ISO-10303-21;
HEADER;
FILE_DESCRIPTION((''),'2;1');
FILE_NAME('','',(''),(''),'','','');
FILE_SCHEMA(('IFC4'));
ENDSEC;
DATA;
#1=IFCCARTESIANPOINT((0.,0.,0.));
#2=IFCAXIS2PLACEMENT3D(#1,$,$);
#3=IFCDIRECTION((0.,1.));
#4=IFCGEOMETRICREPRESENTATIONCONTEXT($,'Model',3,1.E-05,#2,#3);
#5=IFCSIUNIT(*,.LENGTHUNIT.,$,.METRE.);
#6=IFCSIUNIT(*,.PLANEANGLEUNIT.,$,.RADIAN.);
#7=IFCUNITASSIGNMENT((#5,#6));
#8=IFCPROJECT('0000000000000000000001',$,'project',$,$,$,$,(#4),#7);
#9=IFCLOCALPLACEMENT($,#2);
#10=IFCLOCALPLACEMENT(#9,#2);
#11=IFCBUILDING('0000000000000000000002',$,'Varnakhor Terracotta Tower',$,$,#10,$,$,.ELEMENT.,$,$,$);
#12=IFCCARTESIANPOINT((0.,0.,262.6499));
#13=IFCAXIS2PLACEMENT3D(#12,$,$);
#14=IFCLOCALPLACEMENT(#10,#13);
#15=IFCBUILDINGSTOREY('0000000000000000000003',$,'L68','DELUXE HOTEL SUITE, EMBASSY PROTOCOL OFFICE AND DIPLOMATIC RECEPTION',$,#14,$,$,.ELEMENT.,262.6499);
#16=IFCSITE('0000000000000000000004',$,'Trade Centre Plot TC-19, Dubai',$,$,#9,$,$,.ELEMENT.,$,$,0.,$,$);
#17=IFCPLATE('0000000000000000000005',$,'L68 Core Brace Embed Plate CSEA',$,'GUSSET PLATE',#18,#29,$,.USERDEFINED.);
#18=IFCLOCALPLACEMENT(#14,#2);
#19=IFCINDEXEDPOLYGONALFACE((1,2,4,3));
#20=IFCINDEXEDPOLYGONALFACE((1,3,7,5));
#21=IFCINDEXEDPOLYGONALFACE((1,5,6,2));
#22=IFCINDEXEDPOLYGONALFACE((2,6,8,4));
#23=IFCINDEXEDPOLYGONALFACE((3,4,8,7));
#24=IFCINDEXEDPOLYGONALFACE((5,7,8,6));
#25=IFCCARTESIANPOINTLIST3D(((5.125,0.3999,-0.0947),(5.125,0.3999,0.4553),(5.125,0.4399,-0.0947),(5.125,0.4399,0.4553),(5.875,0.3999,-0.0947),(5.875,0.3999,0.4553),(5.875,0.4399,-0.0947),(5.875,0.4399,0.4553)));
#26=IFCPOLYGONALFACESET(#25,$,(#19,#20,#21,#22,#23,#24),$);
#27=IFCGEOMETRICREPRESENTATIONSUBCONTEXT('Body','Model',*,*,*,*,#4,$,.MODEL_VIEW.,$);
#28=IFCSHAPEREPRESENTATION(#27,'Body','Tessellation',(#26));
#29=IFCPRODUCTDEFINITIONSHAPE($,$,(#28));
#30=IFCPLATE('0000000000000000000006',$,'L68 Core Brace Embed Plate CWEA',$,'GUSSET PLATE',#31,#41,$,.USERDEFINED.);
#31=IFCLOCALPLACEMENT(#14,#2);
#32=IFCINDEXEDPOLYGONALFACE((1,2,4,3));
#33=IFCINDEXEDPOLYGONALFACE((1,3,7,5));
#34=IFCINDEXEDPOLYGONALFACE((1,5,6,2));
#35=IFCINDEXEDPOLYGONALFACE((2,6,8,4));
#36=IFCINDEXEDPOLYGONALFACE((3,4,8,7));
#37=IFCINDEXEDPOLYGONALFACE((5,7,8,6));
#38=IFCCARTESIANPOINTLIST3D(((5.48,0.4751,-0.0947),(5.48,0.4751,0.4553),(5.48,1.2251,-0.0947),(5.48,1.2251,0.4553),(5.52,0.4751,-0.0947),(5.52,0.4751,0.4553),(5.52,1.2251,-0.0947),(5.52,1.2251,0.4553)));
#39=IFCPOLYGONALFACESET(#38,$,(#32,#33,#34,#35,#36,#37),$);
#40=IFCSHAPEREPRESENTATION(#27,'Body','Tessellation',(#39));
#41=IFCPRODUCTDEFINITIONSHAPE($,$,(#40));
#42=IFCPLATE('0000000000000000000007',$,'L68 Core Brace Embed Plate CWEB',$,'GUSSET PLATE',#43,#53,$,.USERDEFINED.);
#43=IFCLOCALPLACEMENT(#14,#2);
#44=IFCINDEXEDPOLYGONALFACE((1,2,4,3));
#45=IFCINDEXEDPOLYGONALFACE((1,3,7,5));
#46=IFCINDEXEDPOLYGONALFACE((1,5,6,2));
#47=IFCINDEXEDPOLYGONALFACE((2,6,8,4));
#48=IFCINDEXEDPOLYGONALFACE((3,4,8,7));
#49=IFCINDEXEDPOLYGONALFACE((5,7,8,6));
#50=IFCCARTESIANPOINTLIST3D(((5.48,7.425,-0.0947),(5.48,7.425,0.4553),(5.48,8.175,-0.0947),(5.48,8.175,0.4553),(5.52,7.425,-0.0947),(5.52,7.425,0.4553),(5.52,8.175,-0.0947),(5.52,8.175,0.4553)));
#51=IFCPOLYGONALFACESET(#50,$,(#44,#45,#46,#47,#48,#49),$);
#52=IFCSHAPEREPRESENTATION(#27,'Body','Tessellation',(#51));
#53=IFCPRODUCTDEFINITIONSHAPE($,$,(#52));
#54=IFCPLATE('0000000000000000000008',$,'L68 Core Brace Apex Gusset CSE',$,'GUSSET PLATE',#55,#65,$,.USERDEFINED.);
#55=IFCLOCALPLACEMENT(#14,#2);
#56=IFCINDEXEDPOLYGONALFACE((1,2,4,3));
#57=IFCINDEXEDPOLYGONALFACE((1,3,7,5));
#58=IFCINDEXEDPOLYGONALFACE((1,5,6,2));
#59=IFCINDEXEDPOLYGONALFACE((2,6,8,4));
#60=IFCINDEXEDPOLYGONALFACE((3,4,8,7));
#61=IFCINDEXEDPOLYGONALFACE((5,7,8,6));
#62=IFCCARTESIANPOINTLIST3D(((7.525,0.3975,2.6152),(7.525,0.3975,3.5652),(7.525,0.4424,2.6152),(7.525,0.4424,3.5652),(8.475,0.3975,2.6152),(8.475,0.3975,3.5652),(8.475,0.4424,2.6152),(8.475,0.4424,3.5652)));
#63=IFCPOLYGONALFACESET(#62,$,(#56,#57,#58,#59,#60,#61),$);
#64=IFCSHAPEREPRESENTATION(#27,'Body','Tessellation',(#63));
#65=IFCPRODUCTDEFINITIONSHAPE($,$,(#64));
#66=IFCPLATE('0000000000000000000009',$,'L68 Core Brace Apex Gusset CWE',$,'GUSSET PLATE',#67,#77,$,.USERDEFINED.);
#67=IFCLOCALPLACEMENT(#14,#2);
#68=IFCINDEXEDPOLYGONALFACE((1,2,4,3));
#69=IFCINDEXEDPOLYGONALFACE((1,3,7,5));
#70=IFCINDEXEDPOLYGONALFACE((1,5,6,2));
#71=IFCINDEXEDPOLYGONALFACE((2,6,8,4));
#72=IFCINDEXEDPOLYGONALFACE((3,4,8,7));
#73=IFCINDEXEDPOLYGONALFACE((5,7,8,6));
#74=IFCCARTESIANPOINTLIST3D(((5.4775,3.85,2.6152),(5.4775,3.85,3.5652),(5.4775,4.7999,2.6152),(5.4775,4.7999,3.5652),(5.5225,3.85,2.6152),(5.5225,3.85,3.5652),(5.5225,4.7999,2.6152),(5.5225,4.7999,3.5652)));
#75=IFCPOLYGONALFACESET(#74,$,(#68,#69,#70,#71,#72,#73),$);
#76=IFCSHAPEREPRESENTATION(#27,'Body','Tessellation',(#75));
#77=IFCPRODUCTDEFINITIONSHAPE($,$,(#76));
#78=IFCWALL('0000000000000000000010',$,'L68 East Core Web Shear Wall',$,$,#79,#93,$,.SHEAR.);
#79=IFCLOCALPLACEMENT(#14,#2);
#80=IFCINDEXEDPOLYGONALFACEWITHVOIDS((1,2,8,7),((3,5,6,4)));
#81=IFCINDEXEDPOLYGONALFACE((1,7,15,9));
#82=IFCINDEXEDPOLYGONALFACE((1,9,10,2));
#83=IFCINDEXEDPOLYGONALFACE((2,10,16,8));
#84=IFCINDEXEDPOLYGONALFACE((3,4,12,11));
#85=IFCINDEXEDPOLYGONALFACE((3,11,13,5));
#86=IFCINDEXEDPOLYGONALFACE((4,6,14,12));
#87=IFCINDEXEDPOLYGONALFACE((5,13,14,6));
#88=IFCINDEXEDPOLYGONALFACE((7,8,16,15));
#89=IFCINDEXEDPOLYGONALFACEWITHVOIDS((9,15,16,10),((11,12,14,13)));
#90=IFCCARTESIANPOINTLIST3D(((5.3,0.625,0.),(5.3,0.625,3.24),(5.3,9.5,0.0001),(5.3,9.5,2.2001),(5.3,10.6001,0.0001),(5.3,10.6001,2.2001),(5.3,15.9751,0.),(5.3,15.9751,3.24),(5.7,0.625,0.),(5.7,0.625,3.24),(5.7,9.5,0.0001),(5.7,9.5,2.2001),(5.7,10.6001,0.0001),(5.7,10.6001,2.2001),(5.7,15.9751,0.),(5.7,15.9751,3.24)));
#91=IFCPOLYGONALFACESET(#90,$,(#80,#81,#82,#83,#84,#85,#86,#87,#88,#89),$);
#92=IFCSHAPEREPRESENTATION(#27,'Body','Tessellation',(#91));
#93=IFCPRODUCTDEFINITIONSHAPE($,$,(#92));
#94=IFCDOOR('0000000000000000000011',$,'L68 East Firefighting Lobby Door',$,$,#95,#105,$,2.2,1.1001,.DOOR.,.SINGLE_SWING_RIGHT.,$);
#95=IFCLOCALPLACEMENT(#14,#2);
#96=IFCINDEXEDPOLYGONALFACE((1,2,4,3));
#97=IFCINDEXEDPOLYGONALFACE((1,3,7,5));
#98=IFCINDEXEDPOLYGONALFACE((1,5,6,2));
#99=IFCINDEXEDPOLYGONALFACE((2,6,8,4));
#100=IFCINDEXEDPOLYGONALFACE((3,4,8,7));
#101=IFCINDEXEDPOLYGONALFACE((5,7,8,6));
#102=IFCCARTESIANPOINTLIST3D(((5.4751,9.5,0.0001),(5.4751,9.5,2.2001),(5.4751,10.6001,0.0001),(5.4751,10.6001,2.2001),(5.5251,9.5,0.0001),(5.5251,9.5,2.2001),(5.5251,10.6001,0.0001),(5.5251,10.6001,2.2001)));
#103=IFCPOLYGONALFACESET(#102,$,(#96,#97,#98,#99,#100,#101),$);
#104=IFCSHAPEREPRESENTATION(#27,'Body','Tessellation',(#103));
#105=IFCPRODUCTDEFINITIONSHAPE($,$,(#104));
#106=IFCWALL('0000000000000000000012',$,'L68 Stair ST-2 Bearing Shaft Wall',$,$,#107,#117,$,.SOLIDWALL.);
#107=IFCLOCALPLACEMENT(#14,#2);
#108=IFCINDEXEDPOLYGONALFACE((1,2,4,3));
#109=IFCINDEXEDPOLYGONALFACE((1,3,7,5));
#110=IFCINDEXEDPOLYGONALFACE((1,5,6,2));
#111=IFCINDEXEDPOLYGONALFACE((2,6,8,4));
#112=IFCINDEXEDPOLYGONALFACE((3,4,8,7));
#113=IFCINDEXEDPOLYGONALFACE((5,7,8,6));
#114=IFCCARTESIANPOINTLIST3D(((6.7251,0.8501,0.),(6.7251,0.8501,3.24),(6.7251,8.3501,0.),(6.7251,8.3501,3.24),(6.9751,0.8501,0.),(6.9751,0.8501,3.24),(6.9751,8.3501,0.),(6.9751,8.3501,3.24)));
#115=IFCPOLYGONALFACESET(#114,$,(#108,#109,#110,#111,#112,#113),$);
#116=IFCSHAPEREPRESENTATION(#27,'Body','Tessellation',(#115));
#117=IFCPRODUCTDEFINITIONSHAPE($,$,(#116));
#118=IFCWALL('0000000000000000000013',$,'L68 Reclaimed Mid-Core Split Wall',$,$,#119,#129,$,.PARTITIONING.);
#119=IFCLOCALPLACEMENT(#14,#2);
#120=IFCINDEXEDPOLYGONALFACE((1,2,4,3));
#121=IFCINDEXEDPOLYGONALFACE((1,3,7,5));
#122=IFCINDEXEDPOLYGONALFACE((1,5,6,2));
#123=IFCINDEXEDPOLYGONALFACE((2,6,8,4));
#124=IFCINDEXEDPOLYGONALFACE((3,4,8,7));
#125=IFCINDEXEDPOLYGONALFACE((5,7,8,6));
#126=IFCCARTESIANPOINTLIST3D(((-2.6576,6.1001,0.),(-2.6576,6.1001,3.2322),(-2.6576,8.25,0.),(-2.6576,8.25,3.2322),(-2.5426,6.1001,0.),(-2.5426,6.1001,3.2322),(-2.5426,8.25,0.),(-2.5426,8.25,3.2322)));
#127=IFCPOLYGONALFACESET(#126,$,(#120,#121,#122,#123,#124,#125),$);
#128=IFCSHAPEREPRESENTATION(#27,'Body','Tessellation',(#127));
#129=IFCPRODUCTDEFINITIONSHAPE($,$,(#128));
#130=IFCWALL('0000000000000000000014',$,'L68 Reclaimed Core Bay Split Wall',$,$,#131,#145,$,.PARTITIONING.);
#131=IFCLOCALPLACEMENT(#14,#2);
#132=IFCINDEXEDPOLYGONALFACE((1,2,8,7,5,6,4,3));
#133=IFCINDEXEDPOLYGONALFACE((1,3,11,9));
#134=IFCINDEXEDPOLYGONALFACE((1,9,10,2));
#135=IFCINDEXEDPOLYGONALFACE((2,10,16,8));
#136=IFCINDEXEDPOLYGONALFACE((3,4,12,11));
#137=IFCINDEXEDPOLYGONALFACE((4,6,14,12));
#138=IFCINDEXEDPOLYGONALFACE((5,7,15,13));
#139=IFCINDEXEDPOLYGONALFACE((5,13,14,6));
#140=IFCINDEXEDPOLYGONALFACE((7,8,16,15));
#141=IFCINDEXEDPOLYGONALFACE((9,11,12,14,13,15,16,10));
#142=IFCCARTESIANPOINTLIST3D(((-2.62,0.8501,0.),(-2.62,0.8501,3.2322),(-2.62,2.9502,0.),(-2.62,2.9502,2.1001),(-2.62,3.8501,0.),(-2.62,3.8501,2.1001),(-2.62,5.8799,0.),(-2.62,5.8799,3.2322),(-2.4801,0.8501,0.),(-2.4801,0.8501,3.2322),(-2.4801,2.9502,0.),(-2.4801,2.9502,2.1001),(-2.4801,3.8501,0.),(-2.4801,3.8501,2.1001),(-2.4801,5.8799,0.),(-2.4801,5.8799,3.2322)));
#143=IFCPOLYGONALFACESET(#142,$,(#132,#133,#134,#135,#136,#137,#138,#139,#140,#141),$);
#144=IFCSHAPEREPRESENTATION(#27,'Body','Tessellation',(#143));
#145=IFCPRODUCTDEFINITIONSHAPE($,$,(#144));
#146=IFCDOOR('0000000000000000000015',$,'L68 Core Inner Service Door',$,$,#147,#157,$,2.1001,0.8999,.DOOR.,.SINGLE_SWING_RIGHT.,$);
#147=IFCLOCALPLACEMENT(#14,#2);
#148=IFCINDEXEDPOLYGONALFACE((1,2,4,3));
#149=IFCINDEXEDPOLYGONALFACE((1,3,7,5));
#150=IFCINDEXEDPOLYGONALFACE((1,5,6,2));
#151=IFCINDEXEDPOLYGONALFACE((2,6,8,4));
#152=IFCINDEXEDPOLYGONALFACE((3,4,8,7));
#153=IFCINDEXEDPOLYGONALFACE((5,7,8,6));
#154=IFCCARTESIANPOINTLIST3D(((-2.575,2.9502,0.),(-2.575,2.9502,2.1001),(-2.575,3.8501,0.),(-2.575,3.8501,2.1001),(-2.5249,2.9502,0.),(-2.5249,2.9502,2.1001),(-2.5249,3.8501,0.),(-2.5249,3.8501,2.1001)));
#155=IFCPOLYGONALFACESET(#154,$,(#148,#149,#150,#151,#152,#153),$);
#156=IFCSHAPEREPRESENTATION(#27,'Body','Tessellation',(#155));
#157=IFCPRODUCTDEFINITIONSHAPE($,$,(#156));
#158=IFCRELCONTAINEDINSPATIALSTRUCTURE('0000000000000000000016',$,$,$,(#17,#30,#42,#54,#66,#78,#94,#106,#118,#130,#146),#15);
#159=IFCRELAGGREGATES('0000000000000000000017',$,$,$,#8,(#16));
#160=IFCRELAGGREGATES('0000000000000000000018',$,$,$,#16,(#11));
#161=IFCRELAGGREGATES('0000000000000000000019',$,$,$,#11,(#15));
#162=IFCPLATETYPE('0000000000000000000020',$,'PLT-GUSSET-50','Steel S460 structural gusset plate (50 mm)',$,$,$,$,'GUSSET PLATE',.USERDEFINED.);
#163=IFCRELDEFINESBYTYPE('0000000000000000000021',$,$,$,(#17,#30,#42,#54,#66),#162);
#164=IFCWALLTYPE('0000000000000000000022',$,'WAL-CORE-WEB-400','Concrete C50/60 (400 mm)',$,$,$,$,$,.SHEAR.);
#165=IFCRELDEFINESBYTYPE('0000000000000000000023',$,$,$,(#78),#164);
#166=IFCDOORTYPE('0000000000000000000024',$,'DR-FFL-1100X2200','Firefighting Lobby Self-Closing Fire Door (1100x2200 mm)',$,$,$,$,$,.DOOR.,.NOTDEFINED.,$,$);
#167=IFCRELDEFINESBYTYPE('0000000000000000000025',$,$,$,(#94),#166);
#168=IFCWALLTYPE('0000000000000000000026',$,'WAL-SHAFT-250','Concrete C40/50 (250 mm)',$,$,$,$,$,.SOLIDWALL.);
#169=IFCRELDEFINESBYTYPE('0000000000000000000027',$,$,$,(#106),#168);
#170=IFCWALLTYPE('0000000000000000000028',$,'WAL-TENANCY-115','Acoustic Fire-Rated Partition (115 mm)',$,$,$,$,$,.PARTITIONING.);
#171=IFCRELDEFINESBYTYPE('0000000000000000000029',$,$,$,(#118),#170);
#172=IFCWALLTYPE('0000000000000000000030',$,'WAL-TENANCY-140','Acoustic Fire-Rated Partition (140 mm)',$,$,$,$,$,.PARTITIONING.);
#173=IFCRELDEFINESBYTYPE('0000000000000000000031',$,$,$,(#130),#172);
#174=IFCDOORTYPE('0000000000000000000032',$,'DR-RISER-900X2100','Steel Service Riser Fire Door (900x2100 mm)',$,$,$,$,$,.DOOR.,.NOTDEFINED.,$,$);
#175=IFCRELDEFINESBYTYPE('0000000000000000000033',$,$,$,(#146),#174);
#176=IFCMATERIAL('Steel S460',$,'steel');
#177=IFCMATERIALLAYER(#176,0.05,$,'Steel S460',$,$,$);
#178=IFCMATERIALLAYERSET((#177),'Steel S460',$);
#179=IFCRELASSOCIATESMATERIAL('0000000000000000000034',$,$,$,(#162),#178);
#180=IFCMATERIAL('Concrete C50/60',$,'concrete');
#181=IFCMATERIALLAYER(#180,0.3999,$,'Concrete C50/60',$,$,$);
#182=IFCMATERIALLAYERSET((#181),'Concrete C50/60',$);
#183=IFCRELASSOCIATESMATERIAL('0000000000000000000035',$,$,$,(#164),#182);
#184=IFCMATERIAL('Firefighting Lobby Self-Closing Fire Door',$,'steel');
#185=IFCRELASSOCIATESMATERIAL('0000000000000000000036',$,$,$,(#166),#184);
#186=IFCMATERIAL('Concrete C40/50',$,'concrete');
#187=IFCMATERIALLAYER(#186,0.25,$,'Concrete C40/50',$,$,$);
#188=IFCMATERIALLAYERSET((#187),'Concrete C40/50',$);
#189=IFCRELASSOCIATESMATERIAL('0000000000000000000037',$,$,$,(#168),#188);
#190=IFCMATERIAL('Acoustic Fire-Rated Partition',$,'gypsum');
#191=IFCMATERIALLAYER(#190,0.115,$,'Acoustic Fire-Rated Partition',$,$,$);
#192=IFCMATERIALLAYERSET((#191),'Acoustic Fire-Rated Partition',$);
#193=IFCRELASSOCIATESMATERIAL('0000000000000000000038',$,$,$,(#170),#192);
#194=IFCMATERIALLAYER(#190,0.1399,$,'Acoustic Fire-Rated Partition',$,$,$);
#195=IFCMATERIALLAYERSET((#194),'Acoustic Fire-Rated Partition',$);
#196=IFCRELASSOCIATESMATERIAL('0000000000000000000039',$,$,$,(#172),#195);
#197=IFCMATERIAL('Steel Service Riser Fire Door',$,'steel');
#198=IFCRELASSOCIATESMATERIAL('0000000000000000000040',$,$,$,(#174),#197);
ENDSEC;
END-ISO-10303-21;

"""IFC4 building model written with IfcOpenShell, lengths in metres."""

from ifc_helpers import new_model, si_unit, direction, frame, frame_2d, origin, origin_2d, place, context, subcontext, project, spatial, rectangle, extrude, source, transform, mapped, material, layer, layer_set, type_object, type_shapes, element, fill, save


model = new_model("IFC4")

# Units and contexts
model_context = context("Model", 3, precision=1e-05, world=origin(), true_north=direction((0.0, 1.0)))
body_context = subcontext(model_context, "Body", "Model", "MODEL_VIEW")
ifc_project = project(units=[si_unit("LENGTHUNIT", "METRE"), si_unit("PLANEANGLEUNIT", "RADIAN")], contexts=[model_context])

# Site, building, storey
site_placement = place(None, origin())
site = spatial("IfcSite", under=ifc_project, at=site_placement, Name="Trade Centre Plot TC-19, Dubai", CompositionType="ELEMENT", RefElevation=0.0)
building_placement = place(site_placement, origin())
building = spatial("IfcBuilding", under=site, at=building_placement, Name="Varnakhor Terracotta Tower", CompositionType="ELEMENT")
storey_placement = place(building_placement, frame((0.0, 0.0, 262.6499)))
storey = spatial("IfcBuildingStorey", under=building, at=storey_placement, Name="L68", Description="DELUXE HOTEL SUITE, EMBASSY PROTOCOL OFFICE AND DIPLOMATIC RECEPTION", CompositionType="ELEMENT", Elevation=262.6499)

# Shared definitions
ifc_material_1 = material(Name="Concrete C50/60", Category="concrete")

# Shared definitions
ifc_material_2 = material(Name="Concrete C40/50", Category="concrete")

# Plates
ifc_material_3 = material(Name="Steel S460", Category="steel")
ifc_layer_1 = layer(ifc_material_3, 0.05, Name="Steel S460")
ifc_layer_set_1 = layer_set([ifc_layer_1], Name="Steel S460")
plate_type = type_object("IfcPlateType", Name="PLT-GUSSET-50", Description="Steel S460 structural gusset plate (50 mm)", ElementType="GUSSET PLATE", PredefinedType="USERDEFINED", material=ifc_layer_set_1)
shared_shape_1 = source(origin(), body_context, "Body", "SweptSolid", [
    extrude(rectangle(XDim=0.75, YDim=0.04, at=origin_2d()), origin(), (0.0, 0.0, 1.0), 0.55),
])
type_shapes(plate_type, [shared_shape_1])
for number, where, z_axis, x_axis, name in (
    (1, (5.5, 0.4199, -0.0947), (0.0, 0.0, 1.0), (1.0, 0.0, 0.0), "L68 Core Brace Embed Plate CSEA"),
    (2, (5.5, 0.8501, -0.0947), (0.0, 0.0, 1.0), (0.0, 1.0, 0.0), "L68 Core Brace Embed Plate CWEA"),
    (3, (5.5, 7.8, -0.0947), (0.0, 0.0, 1.0), (0.0, 1.0, 0.0), "L68 Core Brace Embed Plate CWEB"),
):
    element("IfcPlate", number, at=place(storey_placement, frame(where, z_axis=z_axis, x_axis=x_axis)), inside=storey, type_object=plate_type, Name=name, ObjectType="GUSSET PLATE", PredefinedType="USERDEFINED", context=body_context, shape_type="MappedRepresentation", body=[
        mapped(shared_shape_1, transform((0.0, 0.0, 0.0), scale=1.0)),
    ])
shared_shape_2 = source(origin(), body_context, "Body", "SweptSolid", [
    extrude(rectangle(XDim=0.95, YDim=0.0449, at=origin_2d()), origin(), (0.0, 0.0, 1.0), 0.95),
])
for number, where, z_axis, x_axis, name in (
    (4, (8.0, 0.4199, 2.6152), (0.0, 0.0, 1.0), (1.0, 0.0, 0.0), "L68 Core Brace Apex Gusset CSE"),
    (5, (5.5, 4.325, 2.6152), (0.0, 0.0, 1.0), (0.0, 1.0, 0.0), "L68 Core Brace Apex Gusset CWE"),
):
    element("IfcPlate", number, at=place(storey_placement, frame(where, z_axis=z_axis, x_axis=x_axis)), inside=storey, type_object=plate_type, Name=name, ObjectType="GUSSET PLATE", PredefinedType="USERDEFINED", context=body_context, shape_type="MappedRepresentation", body=[
        mapped(shared_shape_2, transform((0.0, 0.0, 0.0), scale=1.0)),
    ])

# Wall, opening, door
ifc_layer_2 = layer(ifc_material_1, 0.3999, Name="Concrete C50/60")
ifc_layer_set_2 = layer_set([ifc_layer_2], Name="Concrete C50/60")
wall_type_1 = type_object("IfcWallType", Name="WAL-CORE-WEB-400", Description="Concrete C50/60 (400 mm)", PredefinedType="SHEAR", material=ifc_layer_set_2)
wall_1_placement = place(storey_placement, frame((5.5, 0.625, 0.0), z_axis=(0.0, 0.0, 1.0), x_axis=(0.0, 1.0, 0.0)))
wall_1 = element("IfcWall", 6, at=wall_1_placement, inside=storey, type_object=wall_type_1, Name="L68 East Core Web Shear Wall", PredefinedType="SHEAR", context=body_context, shape_type="SweptSolid", body=[
    extrude(rectangle(XDim=15.3501, YDim=0.3999, at=frame_2d((7.675, 0.0))), origin(), (0.0, 0.0, 1.0), 3.24),
])
opening_1_placement = place(wall_1_placement, frame((8.875, 0.0, 0.0)))
opening_1 = element("IfcOpeningElement", 7, at=opening_1_placement, cuts=wall_1, PredefinedType="OPENING", context=body_context, shape_type="SweptSolid", body=[
    extrude(rectangle(XDim=1.1001, YDim=2.2, at=frame_2d((0.55, 1.1001))), frame((0.0, 0.21, 0.0), z_axis=(0.0, -1.0, 0.0), x_axis=(1.0, 0.0, 0.0)), (0.0, 0.0, 1.0), 0.4199),
])
ifc_material_4 = material(Name="Firefighting Lobby Self-Closing Fire Door", Category="steel")
door_type_1 = type_object("IfcDoorType", Name="DR-FFL-1100X2200", Description="Firefighting Lobby Self-Closing Fire Door (1100x2200 mm)", OperationType="NOTDEFINED", PredefinedType="DOOR", material=ifc_material_4)
shared_shape_3 = source(origin(), body_context, "Body", "SweptSolid", [
    extrude(rectangle(XDim=1.1001, YDim=2.2, at=frame_2d((0.55, 1.1001))), frame((0.0, 0.0249, 0.0), z_axis=(0.0, -1.0, 0.0), x_axis=(1.0, 0.0, 0.0)), (0.0, 0.0, 1.0), 0.05),
])
type_shapes(door_type_1, [shared_shape_3])
door_1_placement = place(opening_1_placement, origin())
door_1 = element("IfcDoor", 8, at=door_1_placement, inside=storey, type_object=door_type_1, Name="L68 East Firefighting Lobby Door", OperationType="SINGLE_SWING_RIGHT", OverallHeight=2.2, OverallWidth=1.1001, PredefinedType="DOOR", context=body_context, shape_type="MappedRepresentation", body=[
    mapped(shared_shape_3, transform((0.0, 0.0, 0.0), scale=1.0)),
])
fill(opening_1, door_1)

# Walls
ifc_layer_3 = layer(ifc_material_2, 0.25, Name="Concrete C40/50")
ifc_layer_set_3 = layer_set([ifc_layer_3], Name="Concrete C40/50")
wall_type_2 = type_object("IfcWallType", Name="WAL-SHAFT-250", Description="Concrete C40/50 (250 mm)", PredefinedType="SOLIDWALL", material=ifc_layer_set_3)
wall_2_placement = place(storey_placement, frame((6.8501, 0.8501, 0.0), z_axis=(0.0, 0.0, 1.0), x_axis=(0.0, 1.0, 0.0)))
element("IfcWall", 9, at=wall_2_placement, inside=storey, type_object=wall_type_2, Name="L68 Stair ST-2 Bearing Shaft Wall", PredefinedType="SOLIDWALL", context=body_context, shape_type="SweptSolid", body=[
    extrude(rectangle(XDim=7.5, YDim=0.25, at=frame_2d((3.75, 0.0))), origin(), (0.0, 0.0, 1.0), 3.24),
])
ifc_material_5 = material(Name="Acoustic Fire-Rated Partition", Category="gypsum")
ifc_layer_4 = layer(ifc_material_5, 0.115, Name="Acoustic Fire-Rated Partition")
ifc_layer_set_4 = layer_set([ifc_layer_4], Name="Acoustic Fire-Rated Partition")
wall_type_3 = type_object("IfcWallType", Name="WAL-TENANCY-115", Description="Acoustic Fire-Rated Partition (115 mm)", PredefinedType="PARTITIONING", material=ifc_layer_set_4)
wall_3_placement = place(storey_placement, frame((-2.6001, 6.1001, 0.0), z_axis=(0.0, 0.0, 1.0), x_axis=(0.0, 1.0, 0.0)))
element("IfcWall", 10, at=wall_3_placement, inside=storey, type_object=wall_type_3, Name="L68 Reclaimed Mid-Core Split Wall", PredefinedType="PARTITIONING", context=body_context, shape_type="SweptSolid", body=[
    extrude(rectangle(XDim=2.1499, YDim=0.115, at=frame_2d((1.075, 0.0))), origin(), (0.0, 0.0, 1.0), 3.2322),
])

# Wall, opening, door
ifc_layer_5 = layer(ifc_material_5, 0.1399, Name="Acoustic Fire-Rated Partition")
ifc_layer_set_5 = layer_set([ifc_layer_5], Name="Acoustic Fire-Rated Partition")
wall_type_4 = type_object("IfcWallType", Name="WAL-TENANCY-140", Description="Acoustic Fire-Rated Partition (140 mm)", PredefinedType="PARTITIONING", material=ifc_layer_set_5)
wall_4_placement = place(storey_placement, frame((-2.55, 0.8501, 0.0), z_axis=(0.0, 0.0, 1.0), x_axis=(0.0, 1.0, 0.0)))
wall_4 = element("IfcWall", 11, at=wall_4_placement, inside=storey, type_object=wall_type_4, Name="L68 Reclaimed Core Bay Split Wall", PredefinedType="PARTITIONING", context=body_context, shape_type="SweptSolid", body=[
    extrude(rectangle(XDim=5.0298, YDim=0.1399, at=frame_2d((2.5149, 0.0))), origin(), (0.0, 0.0, 1.0), 3.2322),
])
opening_2_placement = place(wall_4_placement, frame((2.1001, 0.0, 0.0)))
opening_2 = element("IfcOpeningElement", 12, at=opening_2_placement, cuts=wall_4, PredefinedType="OPENING", context=body_context, shape_type="SweptSolid", body=[
    extrude(rectangle(XDim=0.8999, YDim=2.1001, at=frame_2d((0.45, 1.05))), frame((0.0, 0.0801, 0.0), z_axis=(0.0, -1.0, 0.0), x_axis=(1.0, 0.0, 0.0)), (0.0, 0.0, 1.0), 0.1599),
])
ifc_material_6 = material(Name="Steel Service Riser Fire Door", Category="steel")
door_type_2 = type_object("IfcDoorType", Name="DR-RISER-900X2100", Description="Steel Service Riser Fire Door (900x2100 mm)", OperationType="NOTDEFINED", PredefinedType="DOOR", material=ifc_material_6)
shared_shape_4 = source(origin(), body_context, "Body", "SweptSolid", [
    extrude(rectangle(XDim=0.8999, YDim=2.1001, at=frame_2d((0.45, 1.05))), frame((0.0, 0.0249, 0.0), z_axis=(0.0, -1.0, 0.0), x_axis=(1.0, 0.0, 0.0)), (0.0, 0.0, 1.0), 0.05),
])
type_shapes(door_type_2, [shared_shape_4])
door_2_placement = place(opening_2_placement, origin())
door_2 = element("IfcDoor", 13, at=door_2_placement, inside=storey, type_object=door_type_2, Name="L68 Core Inner Service Door", OperationType="SINGLE_SWING_RIGHT", OverallHeight=2.1001, OverallWidth=0.8999, PredefinedType="DOOR", context=body_context, shape_type="MappedRepresentation", body=[
    mapped(shared_shape_4, transform((0.0, 0.0, 0.0), scale=1.0)),
])
fill(opening_2, door_2)

save(model, "model.ifc")
